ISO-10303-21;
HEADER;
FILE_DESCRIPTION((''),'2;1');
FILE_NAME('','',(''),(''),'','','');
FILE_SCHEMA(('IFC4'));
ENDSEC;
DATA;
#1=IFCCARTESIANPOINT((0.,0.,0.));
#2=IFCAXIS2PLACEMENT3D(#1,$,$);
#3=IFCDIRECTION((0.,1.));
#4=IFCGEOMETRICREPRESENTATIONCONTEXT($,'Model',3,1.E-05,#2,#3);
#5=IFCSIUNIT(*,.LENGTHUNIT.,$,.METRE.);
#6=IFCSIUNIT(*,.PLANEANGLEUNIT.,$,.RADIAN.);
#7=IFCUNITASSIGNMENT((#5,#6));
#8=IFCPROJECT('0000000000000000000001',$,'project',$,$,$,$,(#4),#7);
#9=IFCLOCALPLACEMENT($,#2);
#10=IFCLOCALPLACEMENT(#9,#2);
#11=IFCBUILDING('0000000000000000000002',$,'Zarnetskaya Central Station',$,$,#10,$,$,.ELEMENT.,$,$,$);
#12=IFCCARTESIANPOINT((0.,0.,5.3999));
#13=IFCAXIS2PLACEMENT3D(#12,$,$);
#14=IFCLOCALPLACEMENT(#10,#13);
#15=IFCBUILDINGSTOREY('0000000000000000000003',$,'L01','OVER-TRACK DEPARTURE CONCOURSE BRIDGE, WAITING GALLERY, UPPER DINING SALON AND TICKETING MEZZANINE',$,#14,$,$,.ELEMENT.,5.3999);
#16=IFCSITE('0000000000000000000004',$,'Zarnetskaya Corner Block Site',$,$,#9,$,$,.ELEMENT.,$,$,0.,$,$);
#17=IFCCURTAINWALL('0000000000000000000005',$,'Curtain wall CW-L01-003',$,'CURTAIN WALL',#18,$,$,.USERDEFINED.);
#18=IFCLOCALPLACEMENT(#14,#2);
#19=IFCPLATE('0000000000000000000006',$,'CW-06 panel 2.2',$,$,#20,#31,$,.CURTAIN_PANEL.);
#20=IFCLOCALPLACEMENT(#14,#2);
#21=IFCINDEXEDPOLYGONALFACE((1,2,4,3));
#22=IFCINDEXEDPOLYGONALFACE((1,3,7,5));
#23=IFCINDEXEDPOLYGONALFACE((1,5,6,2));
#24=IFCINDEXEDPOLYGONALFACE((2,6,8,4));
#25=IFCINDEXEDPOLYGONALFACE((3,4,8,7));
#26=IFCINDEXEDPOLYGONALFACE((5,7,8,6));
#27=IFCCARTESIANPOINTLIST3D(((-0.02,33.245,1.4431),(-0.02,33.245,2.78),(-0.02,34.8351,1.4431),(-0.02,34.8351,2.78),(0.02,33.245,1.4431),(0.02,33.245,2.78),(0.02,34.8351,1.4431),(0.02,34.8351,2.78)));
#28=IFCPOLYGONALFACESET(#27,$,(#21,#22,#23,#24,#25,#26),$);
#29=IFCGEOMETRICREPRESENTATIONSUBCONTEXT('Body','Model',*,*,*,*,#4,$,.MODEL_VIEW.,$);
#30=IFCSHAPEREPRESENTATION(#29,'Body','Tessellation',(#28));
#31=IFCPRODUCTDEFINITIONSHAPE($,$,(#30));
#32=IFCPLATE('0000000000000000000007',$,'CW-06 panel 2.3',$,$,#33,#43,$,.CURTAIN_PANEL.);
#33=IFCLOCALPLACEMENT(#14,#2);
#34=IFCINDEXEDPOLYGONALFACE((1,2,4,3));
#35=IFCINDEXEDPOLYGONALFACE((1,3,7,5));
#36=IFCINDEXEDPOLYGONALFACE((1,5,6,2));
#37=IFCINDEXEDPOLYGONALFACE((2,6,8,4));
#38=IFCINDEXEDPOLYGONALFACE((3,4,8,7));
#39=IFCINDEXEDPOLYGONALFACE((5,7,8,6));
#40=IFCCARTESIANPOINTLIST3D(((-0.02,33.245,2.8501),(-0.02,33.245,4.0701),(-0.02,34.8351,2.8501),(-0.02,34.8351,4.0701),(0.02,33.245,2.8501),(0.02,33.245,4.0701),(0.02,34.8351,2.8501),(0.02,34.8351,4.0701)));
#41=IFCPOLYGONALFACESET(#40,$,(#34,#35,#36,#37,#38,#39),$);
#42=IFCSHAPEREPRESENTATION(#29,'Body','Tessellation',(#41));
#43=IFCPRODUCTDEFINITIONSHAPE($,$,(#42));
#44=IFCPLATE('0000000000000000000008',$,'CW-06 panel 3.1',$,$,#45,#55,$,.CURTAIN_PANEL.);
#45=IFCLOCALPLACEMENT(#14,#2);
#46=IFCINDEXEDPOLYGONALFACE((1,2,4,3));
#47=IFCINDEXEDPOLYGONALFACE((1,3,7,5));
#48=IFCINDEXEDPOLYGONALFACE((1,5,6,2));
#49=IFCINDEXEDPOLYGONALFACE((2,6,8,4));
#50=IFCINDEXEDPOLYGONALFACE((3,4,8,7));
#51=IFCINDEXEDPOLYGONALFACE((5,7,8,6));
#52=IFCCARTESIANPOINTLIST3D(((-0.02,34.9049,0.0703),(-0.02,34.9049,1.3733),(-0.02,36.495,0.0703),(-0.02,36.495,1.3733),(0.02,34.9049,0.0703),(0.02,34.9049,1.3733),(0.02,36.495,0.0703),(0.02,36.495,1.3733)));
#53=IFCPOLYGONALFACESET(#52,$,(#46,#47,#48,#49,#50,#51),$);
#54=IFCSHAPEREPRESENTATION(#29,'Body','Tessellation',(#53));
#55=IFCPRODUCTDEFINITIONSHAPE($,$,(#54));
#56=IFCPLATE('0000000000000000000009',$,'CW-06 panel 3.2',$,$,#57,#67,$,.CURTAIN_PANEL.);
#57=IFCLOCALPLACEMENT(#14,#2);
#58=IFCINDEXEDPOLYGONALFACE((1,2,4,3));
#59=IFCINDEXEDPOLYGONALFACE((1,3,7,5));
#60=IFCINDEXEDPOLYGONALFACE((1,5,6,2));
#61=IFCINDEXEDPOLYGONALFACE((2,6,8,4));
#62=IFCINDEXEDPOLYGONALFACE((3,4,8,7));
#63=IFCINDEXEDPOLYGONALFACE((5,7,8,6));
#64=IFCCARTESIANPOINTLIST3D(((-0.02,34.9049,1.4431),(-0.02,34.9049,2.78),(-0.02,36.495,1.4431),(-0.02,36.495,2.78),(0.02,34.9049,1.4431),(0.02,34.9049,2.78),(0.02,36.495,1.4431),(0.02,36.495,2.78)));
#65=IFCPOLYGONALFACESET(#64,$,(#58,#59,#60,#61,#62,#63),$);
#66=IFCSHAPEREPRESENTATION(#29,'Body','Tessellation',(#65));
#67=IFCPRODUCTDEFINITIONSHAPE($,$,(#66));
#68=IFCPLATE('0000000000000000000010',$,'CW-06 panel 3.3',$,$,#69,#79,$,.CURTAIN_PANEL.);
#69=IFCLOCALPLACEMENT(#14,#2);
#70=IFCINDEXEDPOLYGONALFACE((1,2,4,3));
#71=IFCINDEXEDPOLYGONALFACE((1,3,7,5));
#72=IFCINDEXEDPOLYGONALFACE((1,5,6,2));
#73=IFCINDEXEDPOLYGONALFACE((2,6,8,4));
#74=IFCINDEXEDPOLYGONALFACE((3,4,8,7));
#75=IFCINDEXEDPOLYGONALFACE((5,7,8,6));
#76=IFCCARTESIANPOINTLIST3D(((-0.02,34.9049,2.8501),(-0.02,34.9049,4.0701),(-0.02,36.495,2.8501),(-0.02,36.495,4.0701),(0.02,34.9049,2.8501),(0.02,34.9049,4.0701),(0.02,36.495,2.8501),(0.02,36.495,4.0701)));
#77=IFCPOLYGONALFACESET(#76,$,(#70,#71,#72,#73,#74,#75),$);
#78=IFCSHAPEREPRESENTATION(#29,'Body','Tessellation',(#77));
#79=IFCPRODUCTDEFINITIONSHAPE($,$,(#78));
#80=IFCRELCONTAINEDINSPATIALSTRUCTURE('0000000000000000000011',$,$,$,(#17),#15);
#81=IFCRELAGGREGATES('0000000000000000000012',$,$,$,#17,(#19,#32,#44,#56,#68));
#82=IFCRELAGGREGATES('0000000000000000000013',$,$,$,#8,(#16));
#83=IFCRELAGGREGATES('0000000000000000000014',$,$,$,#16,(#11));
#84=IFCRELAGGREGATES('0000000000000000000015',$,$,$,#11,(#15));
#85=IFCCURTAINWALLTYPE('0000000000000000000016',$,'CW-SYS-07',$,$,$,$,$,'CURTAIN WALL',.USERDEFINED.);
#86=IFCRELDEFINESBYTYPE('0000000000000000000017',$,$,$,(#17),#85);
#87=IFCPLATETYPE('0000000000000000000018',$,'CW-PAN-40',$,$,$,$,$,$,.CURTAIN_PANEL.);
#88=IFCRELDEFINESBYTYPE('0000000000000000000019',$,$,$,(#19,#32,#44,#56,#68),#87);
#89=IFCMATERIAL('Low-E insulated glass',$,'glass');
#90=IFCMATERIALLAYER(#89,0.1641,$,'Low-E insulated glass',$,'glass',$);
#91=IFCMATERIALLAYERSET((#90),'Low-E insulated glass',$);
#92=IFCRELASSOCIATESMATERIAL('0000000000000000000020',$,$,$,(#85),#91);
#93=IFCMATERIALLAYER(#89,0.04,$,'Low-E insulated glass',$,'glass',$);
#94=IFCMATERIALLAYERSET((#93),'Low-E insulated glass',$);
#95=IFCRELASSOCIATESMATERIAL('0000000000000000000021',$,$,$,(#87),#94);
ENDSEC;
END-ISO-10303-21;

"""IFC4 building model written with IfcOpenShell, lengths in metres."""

from ifc_helpers import new_model, si_unit, direction, frame, origin, origin_2d, place, context, subcontext, project, spatial, rectangle, extrude, material, layer, layer_set, type_object, element, aggregate, save


model = new_model("IFC4")

# Units and contexts
model_context = context("Model", 3, precision=1e-05, world=origin(), true_north=direction((0.0, 1.0)))
body_context = subcontext(model_context, "Body", "Model", "MODEL_VIEW")
ifc_project = project(units=[si_unit("LENGTHUNIT", "METRE"), si_unit("PLANEANGLEUNIT", "RADIAN")], contexts=[model_context])

# Site, building, storey
site_placement = place(None, origin())
site = spatial("IfcSite", under=ifc_project, at=site_placement, Name="Zarnetskaya Corner Block Site", CompositionType="ELEMENT", RefElevation=0.0)
building_placement = place(site_placement, origin())
building = spatial("IfcBuilding", under=site, at=building_placement, Name="Zarnetskaya Central Station", CompositionType="ELEMENT")
storey_placement = place(building_placement, frame((0.0, 0.0, 5.3999)))
storey = spatial("IfcBuildingStorey", under=building, at=storey_placement, Name="L01", Description="OVER-TRACK DEPARTURE CONCOURSE BRIDGE, WAITING GALLERY, UPPER DINING SALON AND TICKETING MEZZANINE", CompositionType="ELEMENT", Elevation=5.3999)

# Curtain wall, plates
ifc_material_1 = material(Name="Low-E insulated glass", Category="glass")
ifc_layer_1 = layer(ifc_material_1, 0.1641, Name="Low-E insulated glass", Category="glass")
ifc_layer_set_1 = layer_set([ifc_layer_1], Name="Low-E insulated glass")
curtain_wall_type = type_object("IfcCurtainWallType", Name="CW-SYS-07", ElementType="CURTAIN WALL", PredefinedType="USERDEFINED", material=ifc_layer_set_1)
curtain_wall_placement = place(storey_placement, origin())
curtain_wall = element("IfcCurtainWall", 1, at=curtain_wall_placement, inside=storey, type_object=curtain_wall_type, Name="Curtain wall CW-L01-003", ObjectType="CURTAIN WALL", PredefinedType="USERDEFINED")
ifc_layer_2 = layer(ifc_material_1, 0.04, Name="Low-E insulated glass", Category="glass")
ifc_layer_set_2 = layer_set([ifc_layer_2], Name="Low-E insulated glass")
plate_type = type_object("IfcPlateType", Name="CW-PAN-40", PredefinedType="CURTAIN_PANEL", material=ifc_layer_set_2)
plate_1_placement = place(storey_placement, frame((0.0, 34.04, 1.4431), z_axis=(0.0, 0.0, 1.0), x_axis=(0.0, 1.0, 0.0)))
plate_1 = element("IfcPlate", 2, at=plate_1_placement, type_object=plate_type, Name="CW-06 panel 2.2", PredefinedType="CURTAIN_PANEL", context=body_context, shape_type="SweptSolid", body=[
    extrude(rectangle(XDim=1.5901, YDim=0.04, at=origin_2d()), origin(), (0.0, 0.0, 1.0), 1.3369),
])
plate_2_placement = place(storey_placement, frame((0.0, 34.04, 2.8501), z_axis=(0.0, 0.0, 1.0), x_axis=(0.0, 1.0, 0.0)))
plate_2 = element("IfcPlate", 3, at=plate_2_placement, type_object=plate_type, Name="CW-06 panel 2.3", PredefinedType="CURTAIN_PANEL", context=body_context, shape_type="SweptSolid", body=[
    extrude(rectangle(XDim=1.5901, YDim=0.04, at=origin_2d()), origin(), (0.0, 0.0, 1.0), 1.22),
])
plate_3_placement = place(storey_placement, frame((0.0, 35.7, 0.0703), z_axis=(0.0, 0.0, 1.0), x_axis=(0.0, 1.0, 0.0)))
plate_3 = element("IfcPlate", 4, at=plate_3_placement, type_object=plate_type, Name="CW-06 panel 3.1", PredefinedType="CURTAIN_PANEL", context=body_context, shape_type="SweptSolid", body=[
    extrude(rectangle(XDim=1.5901, YDim=0.04, at=origin_2d()), origin(), (0.0, 0.0, 1.0), 1.303),
])
plate_4_placement = place(storey_placement, frame((0.0, 35.7, 1.4431), z_axis=(0.0, 0.0, 1.0), x_axis=(0.0, 1.0, 0.0)))
plate_4 = element("IfcPlate", 5, at=plate_4_placement, type_object=plate_type, Name="CW-06 panel 3.2", PredefinedType="CURTAIN_PANEL", context=body_context, shape_type="SweptSolid", body=[
    extrude(rectangle(XDim=1.5901, YDim=0.04, at=origin_2d()), origin(), (0.0, 0.0, 1.0), 1.3369),
])
plate_5_placement = place(storey_placement, frame((0.0, 35.7, 2.8501), z_axis=(0.0, 0.0, 1.0), x_axis=(0.0, 1.0, 0.0)))
plate_5 = element("IfcPlate", 6, at=plate_5_placement, type_object=plate_type, Name="CW-06 panel 3.3", PredefinedType="CURTAIN_PANEL", context=body_context, shape_type="SweptSolid", body=[
    extrude(rectangle(XDim=1.5901, YDim=0.04, at=origin_2d()), origin(), (0.0, 0.0, 1.0), 1.22),
])
aggregate(curtain_wall, [plate_1, plate_2, plate_3, plate_4, plate_5])

save(model, "model.ifc")
